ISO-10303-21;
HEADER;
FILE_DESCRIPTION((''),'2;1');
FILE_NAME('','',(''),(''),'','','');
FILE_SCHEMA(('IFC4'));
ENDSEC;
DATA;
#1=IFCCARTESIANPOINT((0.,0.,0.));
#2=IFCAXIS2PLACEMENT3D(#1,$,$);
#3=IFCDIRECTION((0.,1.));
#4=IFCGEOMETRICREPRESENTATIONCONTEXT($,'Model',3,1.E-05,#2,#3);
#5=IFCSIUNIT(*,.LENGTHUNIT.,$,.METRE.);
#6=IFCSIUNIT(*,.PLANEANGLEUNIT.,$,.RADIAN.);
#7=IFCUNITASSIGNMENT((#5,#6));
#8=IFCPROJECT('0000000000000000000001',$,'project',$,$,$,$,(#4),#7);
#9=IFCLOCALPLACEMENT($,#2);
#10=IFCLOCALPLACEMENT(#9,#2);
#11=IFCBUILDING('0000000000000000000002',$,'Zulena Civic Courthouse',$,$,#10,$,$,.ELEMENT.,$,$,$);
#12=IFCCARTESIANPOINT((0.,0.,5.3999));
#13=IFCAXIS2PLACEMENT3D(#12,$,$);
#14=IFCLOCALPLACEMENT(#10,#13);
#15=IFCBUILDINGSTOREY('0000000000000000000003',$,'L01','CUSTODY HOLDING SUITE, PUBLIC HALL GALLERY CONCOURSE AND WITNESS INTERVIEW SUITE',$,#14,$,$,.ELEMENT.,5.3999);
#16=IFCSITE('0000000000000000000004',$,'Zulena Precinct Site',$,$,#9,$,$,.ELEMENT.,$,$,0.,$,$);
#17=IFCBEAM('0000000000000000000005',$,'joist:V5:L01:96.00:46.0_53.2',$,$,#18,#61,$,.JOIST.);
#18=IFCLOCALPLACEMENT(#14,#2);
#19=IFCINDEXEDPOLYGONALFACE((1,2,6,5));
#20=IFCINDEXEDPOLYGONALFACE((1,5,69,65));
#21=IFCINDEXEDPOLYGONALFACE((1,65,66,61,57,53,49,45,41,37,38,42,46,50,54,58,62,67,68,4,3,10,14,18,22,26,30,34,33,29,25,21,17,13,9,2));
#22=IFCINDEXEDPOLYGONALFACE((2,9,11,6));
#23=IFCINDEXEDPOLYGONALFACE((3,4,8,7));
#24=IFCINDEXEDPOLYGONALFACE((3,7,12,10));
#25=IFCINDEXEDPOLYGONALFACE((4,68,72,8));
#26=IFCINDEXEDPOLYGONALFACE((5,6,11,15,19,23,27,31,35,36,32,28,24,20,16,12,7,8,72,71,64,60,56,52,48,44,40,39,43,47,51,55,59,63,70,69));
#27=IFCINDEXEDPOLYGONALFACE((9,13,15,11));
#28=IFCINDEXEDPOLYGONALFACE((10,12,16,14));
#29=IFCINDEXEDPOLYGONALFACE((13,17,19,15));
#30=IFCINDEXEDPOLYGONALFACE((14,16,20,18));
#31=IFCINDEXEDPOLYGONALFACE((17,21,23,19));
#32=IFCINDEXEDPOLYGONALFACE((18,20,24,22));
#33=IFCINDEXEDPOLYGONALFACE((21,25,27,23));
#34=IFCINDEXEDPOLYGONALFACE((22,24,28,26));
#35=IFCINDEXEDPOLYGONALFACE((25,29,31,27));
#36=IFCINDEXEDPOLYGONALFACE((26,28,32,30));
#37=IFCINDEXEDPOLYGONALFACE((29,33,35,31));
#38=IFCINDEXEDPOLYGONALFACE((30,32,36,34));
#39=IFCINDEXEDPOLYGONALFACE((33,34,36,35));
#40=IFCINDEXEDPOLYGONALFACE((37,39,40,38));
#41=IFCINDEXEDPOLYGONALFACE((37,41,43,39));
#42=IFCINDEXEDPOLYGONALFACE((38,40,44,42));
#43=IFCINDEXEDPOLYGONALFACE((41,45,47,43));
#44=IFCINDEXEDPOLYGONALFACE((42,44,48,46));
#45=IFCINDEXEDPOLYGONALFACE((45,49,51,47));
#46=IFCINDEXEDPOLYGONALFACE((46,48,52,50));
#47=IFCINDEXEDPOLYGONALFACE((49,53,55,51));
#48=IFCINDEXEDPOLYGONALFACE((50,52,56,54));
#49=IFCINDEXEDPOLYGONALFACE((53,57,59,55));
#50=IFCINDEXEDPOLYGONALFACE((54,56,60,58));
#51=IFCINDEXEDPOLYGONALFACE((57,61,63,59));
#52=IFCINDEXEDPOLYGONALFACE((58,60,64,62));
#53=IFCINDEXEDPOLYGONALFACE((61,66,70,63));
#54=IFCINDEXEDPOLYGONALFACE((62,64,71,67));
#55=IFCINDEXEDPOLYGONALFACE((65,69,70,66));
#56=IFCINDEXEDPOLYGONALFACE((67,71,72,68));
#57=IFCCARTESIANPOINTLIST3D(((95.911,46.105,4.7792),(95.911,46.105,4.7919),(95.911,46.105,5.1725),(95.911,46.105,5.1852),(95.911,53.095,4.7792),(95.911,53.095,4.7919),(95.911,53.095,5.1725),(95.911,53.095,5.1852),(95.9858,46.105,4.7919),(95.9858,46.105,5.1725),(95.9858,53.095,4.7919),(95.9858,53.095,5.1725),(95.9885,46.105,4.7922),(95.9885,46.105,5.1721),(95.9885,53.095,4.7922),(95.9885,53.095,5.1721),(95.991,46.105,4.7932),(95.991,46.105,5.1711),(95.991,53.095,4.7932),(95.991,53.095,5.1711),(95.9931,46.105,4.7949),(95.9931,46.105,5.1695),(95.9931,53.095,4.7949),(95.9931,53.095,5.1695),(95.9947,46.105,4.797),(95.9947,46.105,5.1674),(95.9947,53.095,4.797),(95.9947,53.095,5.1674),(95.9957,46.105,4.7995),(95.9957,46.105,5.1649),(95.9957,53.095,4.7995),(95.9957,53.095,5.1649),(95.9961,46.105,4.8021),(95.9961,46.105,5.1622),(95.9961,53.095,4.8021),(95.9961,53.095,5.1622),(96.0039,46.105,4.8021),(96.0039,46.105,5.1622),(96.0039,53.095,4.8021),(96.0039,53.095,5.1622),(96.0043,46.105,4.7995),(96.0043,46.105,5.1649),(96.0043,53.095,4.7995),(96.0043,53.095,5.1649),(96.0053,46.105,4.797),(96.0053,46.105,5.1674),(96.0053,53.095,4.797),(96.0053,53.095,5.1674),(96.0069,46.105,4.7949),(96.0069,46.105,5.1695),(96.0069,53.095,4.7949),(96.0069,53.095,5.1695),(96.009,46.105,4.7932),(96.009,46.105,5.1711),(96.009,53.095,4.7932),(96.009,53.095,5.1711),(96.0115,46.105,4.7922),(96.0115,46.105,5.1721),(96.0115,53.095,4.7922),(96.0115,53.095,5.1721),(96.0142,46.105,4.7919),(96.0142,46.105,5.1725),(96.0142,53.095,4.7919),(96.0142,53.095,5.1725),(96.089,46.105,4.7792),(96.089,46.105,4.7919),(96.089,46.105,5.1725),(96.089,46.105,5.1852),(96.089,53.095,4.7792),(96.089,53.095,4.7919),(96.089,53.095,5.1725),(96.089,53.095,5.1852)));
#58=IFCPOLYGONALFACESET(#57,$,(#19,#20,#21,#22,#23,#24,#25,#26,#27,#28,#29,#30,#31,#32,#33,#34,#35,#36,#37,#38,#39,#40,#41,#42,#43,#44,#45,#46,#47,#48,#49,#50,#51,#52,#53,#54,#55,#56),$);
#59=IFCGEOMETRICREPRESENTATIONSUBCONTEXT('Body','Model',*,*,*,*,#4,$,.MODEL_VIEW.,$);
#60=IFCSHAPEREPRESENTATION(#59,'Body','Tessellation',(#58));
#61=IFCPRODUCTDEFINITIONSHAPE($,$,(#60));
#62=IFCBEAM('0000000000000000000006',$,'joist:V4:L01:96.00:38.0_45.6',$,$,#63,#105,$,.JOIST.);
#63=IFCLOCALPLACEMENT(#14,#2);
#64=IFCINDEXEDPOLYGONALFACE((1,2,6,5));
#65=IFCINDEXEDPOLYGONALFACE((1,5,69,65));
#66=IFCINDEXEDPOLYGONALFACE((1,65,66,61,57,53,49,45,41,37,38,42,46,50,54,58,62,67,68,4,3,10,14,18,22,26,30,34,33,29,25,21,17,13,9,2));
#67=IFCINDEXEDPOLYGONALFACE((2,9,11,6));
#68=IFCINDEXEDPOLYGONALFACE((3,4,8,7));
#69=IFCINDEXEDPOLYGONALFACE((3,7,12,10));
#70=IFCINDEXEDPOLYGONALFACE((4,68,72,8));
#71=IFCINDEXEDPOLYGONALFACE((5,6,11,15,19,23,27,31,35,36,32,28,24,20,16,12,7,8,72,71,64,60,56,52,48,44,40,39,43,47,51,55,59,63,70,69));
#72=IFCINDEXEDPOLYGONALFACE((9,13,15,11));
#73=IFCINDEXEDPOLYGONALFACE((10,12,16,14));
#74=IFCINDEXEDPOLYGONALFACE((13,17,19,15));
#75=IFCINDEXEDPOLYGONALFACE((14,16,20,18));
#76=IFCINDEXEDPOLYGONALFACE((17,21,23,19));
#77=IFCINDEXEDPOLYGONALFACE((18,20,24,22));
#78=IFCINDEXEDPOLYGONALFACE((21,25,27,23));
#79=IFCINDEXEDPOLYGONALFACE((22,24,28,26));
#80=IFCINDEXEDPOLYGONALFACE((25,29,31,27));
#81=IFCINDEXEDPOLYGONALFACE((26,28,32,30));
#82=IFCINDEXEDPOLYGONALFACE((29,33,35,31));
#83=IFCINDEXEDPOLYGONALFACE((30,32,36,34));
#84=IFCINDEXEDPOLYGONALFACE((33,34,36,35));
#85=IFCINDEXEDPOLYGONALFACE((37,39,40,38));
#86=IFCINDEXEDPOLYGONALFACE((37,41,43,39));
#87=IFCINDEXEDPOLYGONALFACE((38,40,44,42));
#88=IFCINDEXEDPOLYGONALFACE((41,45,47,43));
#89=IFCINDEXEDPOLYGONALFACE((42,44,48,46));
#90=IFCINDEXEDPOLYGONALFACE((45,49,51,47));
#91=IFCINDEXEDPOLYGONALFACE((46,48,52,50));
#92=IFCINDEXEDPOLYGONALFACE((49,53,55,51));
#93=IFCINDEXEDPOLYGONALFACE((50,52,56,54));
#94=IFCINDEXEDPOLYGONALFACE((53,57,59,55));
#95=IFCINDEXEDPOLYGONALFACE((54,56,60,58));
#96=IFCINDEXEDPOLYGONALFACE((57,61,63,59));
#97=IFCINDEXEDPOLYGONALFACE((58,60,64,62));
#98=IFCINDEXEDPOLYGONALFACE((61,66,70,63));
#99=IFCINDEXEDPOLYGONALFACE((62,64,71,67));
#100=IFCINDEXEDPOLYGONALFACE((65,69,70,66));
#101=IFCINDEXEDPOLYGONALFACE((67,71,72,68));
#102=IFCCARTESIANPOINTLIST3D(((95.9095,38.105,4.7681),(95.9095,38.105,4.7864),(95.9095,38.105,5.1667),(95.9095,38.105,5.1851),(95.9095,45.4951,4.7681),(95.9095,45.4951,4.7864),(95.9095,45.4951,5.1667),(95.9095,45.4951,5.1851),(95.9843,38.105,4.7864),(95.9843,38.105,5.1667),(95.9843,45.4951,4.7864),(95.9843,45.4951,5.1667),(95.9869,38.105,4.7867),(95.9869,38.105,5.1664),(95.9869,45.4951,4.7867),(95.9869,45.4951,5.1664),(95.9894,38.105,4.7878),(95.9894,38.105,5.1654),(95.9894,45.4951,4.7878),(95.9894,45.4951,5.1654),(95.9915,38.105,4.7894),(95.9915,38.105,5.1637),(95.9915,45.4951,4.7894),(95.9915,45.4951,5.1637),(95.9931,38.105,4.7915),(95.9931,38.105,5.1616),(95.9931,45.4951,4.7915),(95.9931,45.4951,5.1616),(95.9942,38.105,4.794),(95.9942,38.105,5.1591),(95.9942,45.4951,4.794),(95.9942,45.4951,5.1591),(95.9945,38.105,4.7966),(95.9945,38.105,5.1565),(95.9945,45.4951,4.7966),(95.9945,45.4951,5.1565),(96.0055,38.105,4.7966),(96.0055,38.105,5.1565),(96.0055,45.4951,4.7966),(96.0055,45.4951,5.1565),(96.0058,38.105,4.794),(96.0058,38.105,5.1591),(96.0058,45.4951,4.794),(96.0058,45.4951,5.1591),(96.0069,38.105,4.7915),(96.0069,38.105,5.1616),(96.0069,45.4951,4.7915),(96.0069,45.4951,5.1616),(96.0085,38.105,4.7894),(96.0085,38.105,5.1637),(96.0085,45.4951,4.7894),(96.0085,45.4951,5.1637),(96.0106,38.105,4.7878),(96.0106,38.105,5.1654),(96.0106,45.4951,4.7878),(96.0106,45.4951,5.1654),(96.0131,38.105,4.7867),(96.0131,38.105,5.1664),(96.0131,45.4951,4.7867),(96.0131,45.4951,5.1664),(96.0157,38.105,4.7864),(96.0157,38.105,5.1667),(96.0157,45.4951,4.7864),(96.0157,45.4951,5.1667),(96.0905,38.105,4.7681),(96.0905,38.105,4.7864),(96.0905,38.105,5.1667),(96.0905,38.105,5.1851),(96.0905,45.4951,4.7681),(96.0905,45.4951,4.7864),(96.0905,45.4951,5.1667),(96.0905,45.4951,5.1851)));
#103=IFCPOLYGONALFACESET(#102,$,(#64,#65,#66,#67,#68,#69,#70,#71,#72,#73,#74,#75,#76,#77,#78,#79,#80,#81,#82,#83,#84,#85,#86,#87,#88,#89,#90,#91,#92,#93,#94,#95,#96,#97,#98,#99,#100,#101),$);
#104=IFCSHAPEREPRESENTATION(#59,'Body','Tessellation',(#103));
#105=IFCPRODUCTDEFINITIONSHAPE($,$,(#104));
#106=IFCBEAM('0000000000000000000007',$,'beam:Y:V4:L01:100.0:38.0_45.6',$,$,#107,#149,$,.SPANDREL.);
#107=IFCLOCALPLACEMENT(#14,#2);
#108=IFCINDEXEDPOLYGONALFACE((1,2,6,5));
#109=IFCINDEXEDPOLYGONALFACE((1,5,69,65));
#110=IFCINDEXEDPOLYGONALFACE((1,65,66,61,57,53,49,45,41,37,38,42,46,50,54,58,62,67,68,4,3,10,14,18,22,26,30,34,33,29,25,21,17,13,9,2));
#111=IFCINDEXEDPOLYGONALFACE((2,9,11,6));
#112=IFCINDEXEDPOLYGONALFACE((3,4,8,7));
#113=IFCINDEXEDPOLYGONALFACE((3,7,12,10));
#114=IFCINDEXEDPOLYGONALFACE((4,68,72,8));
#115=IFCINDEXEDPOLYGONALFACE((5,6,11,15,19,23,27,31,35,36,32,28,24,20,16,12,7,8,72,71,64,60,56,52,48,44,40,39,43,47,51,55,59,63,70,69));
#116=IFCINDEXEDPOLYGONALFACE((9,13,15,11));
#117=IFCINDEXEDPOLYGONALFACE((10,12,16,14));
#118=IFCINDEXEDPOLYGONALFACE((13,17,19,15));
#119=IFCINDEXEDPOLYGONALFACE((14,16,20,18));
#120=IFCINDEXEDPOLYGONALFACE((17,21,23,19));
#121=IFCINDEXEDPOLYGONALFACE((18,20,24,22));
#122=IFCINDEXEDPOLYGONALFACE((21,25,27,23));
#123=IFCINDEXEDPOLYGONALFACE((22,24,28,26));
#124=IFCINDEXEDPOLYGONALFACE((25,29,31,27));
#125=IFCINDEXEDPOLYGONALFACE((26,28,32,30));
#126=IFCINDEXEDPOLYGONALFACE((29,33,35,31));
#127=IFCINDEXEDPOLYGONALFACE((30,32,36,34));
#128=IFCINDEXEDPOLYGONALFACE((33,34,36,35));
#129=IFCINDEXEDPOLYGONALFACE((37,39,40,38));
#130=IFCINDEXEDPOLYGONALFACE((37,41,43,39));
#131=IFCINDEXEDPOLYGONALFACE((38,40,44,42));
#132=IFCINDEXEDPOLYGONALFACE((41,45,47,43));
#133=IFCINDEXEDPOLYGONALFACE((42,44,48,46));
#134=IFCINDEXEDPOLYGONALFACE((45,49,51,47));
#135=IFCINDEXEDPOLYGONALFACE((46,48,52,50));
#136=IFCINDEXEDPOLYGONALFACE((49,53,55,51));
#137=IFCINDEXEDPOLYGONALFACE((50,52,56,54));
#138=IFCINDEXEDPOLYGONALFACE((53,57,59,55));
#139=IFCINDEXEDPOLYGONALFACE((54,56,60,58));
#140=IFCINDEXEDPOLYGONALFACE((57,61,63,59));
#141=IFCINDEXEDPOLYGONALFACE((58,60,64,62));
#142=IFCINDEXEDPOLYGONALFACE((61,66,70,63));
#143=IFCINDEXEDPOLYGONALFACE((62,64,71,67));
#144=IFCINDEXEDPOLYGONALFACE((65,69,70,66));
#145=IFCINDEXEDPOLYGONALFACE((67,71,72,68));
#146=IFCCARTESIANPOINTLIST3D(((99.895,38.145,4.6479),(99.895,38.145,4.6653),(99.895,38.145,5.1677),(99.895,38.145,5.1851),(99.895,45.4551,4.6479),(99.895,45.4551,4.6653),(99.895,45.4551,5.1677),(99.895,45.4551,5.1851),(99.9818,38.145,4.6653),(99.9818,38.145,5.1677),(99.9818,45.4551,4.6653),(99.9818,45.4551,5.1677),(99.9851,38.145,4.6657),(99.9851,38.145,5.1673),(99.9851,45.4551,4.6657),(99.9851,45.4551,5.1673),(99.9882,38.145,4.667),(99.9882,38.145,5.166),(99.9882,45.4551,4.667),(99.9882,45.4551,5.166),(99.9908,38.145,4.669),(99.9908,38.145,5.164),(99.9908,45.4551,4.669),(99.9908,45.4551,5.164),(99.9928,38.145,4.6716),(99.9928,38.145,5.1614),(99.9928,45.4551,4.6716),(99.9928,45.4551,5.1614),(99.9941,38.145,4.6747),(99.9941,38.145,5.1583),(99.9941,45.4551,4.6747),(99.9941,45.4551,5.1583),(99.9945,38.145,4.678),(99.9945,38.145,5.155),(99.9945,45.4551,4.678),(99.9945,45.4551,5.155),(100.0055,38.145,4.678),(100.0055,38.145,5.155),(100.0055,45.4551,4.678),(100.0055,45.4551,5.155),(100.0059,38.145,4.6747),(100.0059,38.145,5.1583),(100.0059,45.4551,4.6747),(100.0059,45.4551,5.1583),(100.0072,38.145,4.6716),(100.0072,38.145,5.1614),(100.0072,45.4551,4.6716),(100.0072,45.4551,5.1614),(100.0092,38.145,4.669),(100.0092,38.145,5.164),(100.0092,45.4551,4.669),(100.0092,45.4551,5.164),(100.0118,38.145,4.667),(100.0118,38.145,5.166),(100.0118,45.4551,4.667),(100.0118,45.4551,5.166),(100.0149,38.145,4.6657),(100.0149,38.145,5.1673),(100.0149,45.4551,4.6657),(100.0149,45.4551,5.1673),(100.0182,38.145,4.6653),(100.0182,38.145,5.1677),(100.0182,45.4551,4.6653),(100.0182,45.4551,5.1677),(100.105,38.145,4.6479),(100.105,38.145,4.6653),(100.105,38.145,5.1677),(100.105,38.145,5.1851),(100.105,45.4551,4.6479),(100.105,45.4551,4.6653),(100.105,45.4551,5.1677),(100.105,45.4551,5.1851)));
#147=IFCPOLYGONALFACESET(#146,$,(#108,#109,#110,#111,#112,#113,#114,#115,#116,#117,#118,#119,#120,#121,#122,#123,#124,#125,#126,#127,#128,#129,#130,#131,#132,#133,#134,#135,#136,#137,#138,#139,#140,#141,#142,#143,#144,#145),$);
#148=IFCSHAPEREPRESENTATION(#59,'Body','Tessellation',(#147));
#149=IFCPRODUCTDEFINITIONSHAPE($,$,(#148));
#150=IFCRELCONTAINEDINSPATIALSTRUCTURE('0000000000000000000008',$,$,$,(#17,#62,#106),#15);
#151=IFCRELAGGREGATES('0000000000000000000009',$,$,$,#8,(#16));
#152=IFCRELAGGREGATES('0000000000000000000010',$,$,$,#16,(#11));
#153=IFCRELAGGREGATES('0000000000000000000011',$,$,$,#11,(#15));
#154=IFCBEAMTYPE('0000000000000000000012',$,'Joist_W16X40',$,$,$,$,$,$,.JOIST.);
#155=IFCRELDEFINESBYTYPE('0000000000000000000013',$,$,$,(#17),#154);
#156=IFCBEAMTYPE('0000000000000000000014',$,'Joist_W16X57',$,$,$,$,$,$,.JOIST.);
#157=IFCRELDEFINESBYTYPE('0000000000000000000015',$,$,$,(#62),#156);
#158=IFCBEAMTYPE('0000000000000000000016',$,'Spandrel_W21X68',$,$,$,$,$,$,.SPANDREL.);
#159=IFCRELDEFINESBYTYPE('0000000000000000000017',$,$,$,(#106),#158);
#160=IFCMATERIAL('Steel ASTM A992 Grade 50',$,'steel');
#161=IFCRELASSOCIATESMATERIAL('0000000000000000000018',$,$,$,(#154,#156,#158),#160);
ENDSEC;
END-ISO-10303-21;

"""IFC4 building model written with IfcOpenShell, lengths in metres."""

from ifc_helpers import new_model, si_unit, direction, frame, origin, origin_2d, place, context, subcontext, project, spatial, i_section, extrude, material, material_profile, profile_set, type_object, element, save


model = new_model("IFC4")

# Units and contexts
model_context = context("Model", 3, precision=1e-05, world=origin(), true_north=direction((0.0, 1.0)))
body_context = subcontext(model_context, "Body", "Model", "MODEL_VIEW")
ifc_project = project(units=[si_unit("LENGTHUNIT", "METRE"), si_unit("PLANEANGLEUNIT", "RADIAN")], contexts=[model_context])

# Site, building, storey
site_placement = place(None, origin())
site = spatial("IfcSite", under=ifc_project, at=site_placement, Name="Zulena Precinct Site", CompositionType="ELEMENT", RefElevation=0.0)
building_placement = place(site_placement, origin())
building = spatial("IfcBuilding", under=site, at=building_placement, Name="Zulena Civic Courthouse", CompositionType="ELEMENT")
storey_placement = place(building_placement, frame((0.0, 0.0, 5.3999)))
storey = spatial("IfcBuildingStorey", under=building, at=storey_placement, Name="L01", Description="CUSTODY HOLDING SUITE, PUBLIC HALL GALLERY CONCOURSE AND WITNESS INTERVIEW SUITE", CompositionType="ELEMENT", Elevation=5.3999)

# Shared definitions
ifc_material_1 = material(Name="Steel ASTM A992 Grade 50", Category="steel")

# Beams
ifc_material_profile_1 = material_profile(ifc_material_1, i_section(OverallWidth=0.178, OverallDepth=0.406, WebThickness=0.0078, FlangeThickness=0.0127, FilletRadius=0.0103, at=origin_2d()), Name="W16X40")
ifc_profile_set_1 = profile_set([ifc_material_profile_1], Name="Steel ASTM A992 Grade 50")
beam_type_1 = type_object("IfcBeamType", Name="Joist_W16X40", PredefinedType="JOIST", material=ifc_profile_set_1)
beam_1_placement = place(storey_placement, frame((96.0, 46.105, 4.9822), z_axis=(0.0, 1.0, 0.0), x_axis=(-1.0, 0.0, 0.0)))
element("IfcBeam", 1, at=beam_1_placement, inside=storey, type_object=beam_type_1, Name="joist:V5:L01:96.00:46.0_53.2", PredefinedType="JOIST", context=body_context, shape_type="SweptSolid", body=[
    extrude(i_section(OverallWidth=0.178, OverallDepth=0.406, WebThickness=0.0078, FlangeThickness=0.0127, FilletRadius=0.0103, at=origin_2d()), origin(), (0.0, 0.0, 1.0), 6.99),
])
ifc_material_profile_2 = material_profile(ifc_material_1, i_section(OverallWidth=0.1809, OverallDepth=0.417, WebThickness=0.011, FlangeThickness=0.0183, FilletRadius=0.0103, at=origin_2d()), Name="W16X57")
ifc_profile_set_2 = profile_set([ifc_material_profile_2], Name="Steel ASTM A992 Grade 50")
beam_type_2 = type_object("IfcBeamType", Name="Joist_W16X57", PredefinedType="JOIST", material=ifc_profile_set_2)
beam_2_placement = place(storey_placement, frame((96.0, 38.105, 4.9766), z_axis=(0.0, 1.0, 0.0), x_axis=(-1.0, 0.0, 0.0)))
element("IfcBeam", 2, at=beam_2_placement, inside=storey, type_object=beam_type_2, Name="joist:V4:L01:96.00:38.0_45.6", PredefinedType="JOIST", context=body_context, shape_type="SweptSolid", body=[
    extrude(i_section(OverallWidth=0.1809, OverallDepth=0.417, WebThickness=0.011, FlangeThickness=0.0183, FilletRadius=0.0103, at=origin_2d()), origin(), (0.0, 0.0, 1.0), 7.3901),
])
ifc_material_profile_3 = material_profile(ifc_material_1, i_section(OverallWidth=0.21, OverallDepth=0.5371, WebThickness=0.011, FlangeThickness=0.0173, FilletRadius=0.0127, at=origin_2d()), Name="W21X68")
ifc_profile_set_3 = profile_set([ifc_material_profile_3], Name="Steel ASTM A992 Grade 50")
beam_type_3 = type_object("IfcBeamType", Name="Spandrel_W21X68", PredefinedType="SPANDREL", material=ifc_profile_set_3)
beam_3_placement = place(storey_placement, frame((100.0, 38.145, 4.9165), z_axis=(0.0, 1.0, 0.0), x_axis=(-1.0, 0.0, 0.0)))
element("IfcBeam", 3, at=beam_3_placement, inside=storey, type_object=beam_type_3, Name="beam:Y:V4:L01:100.0:38.0_45.6", PredefinedType="SPANDREL", context=body_context, shape_type="SweptSolid", body=[
    extrude(i_section(OverallWidth=0.21, OverallDepth=0.5371, WebThickness=0.011, FlangeThickness=0.0173, FilletRadius=0.0127, at=origin_2d()), origin(), (0.0, 0.0, 1.0), 7.3101),
])

save(model, "model.ifc")
